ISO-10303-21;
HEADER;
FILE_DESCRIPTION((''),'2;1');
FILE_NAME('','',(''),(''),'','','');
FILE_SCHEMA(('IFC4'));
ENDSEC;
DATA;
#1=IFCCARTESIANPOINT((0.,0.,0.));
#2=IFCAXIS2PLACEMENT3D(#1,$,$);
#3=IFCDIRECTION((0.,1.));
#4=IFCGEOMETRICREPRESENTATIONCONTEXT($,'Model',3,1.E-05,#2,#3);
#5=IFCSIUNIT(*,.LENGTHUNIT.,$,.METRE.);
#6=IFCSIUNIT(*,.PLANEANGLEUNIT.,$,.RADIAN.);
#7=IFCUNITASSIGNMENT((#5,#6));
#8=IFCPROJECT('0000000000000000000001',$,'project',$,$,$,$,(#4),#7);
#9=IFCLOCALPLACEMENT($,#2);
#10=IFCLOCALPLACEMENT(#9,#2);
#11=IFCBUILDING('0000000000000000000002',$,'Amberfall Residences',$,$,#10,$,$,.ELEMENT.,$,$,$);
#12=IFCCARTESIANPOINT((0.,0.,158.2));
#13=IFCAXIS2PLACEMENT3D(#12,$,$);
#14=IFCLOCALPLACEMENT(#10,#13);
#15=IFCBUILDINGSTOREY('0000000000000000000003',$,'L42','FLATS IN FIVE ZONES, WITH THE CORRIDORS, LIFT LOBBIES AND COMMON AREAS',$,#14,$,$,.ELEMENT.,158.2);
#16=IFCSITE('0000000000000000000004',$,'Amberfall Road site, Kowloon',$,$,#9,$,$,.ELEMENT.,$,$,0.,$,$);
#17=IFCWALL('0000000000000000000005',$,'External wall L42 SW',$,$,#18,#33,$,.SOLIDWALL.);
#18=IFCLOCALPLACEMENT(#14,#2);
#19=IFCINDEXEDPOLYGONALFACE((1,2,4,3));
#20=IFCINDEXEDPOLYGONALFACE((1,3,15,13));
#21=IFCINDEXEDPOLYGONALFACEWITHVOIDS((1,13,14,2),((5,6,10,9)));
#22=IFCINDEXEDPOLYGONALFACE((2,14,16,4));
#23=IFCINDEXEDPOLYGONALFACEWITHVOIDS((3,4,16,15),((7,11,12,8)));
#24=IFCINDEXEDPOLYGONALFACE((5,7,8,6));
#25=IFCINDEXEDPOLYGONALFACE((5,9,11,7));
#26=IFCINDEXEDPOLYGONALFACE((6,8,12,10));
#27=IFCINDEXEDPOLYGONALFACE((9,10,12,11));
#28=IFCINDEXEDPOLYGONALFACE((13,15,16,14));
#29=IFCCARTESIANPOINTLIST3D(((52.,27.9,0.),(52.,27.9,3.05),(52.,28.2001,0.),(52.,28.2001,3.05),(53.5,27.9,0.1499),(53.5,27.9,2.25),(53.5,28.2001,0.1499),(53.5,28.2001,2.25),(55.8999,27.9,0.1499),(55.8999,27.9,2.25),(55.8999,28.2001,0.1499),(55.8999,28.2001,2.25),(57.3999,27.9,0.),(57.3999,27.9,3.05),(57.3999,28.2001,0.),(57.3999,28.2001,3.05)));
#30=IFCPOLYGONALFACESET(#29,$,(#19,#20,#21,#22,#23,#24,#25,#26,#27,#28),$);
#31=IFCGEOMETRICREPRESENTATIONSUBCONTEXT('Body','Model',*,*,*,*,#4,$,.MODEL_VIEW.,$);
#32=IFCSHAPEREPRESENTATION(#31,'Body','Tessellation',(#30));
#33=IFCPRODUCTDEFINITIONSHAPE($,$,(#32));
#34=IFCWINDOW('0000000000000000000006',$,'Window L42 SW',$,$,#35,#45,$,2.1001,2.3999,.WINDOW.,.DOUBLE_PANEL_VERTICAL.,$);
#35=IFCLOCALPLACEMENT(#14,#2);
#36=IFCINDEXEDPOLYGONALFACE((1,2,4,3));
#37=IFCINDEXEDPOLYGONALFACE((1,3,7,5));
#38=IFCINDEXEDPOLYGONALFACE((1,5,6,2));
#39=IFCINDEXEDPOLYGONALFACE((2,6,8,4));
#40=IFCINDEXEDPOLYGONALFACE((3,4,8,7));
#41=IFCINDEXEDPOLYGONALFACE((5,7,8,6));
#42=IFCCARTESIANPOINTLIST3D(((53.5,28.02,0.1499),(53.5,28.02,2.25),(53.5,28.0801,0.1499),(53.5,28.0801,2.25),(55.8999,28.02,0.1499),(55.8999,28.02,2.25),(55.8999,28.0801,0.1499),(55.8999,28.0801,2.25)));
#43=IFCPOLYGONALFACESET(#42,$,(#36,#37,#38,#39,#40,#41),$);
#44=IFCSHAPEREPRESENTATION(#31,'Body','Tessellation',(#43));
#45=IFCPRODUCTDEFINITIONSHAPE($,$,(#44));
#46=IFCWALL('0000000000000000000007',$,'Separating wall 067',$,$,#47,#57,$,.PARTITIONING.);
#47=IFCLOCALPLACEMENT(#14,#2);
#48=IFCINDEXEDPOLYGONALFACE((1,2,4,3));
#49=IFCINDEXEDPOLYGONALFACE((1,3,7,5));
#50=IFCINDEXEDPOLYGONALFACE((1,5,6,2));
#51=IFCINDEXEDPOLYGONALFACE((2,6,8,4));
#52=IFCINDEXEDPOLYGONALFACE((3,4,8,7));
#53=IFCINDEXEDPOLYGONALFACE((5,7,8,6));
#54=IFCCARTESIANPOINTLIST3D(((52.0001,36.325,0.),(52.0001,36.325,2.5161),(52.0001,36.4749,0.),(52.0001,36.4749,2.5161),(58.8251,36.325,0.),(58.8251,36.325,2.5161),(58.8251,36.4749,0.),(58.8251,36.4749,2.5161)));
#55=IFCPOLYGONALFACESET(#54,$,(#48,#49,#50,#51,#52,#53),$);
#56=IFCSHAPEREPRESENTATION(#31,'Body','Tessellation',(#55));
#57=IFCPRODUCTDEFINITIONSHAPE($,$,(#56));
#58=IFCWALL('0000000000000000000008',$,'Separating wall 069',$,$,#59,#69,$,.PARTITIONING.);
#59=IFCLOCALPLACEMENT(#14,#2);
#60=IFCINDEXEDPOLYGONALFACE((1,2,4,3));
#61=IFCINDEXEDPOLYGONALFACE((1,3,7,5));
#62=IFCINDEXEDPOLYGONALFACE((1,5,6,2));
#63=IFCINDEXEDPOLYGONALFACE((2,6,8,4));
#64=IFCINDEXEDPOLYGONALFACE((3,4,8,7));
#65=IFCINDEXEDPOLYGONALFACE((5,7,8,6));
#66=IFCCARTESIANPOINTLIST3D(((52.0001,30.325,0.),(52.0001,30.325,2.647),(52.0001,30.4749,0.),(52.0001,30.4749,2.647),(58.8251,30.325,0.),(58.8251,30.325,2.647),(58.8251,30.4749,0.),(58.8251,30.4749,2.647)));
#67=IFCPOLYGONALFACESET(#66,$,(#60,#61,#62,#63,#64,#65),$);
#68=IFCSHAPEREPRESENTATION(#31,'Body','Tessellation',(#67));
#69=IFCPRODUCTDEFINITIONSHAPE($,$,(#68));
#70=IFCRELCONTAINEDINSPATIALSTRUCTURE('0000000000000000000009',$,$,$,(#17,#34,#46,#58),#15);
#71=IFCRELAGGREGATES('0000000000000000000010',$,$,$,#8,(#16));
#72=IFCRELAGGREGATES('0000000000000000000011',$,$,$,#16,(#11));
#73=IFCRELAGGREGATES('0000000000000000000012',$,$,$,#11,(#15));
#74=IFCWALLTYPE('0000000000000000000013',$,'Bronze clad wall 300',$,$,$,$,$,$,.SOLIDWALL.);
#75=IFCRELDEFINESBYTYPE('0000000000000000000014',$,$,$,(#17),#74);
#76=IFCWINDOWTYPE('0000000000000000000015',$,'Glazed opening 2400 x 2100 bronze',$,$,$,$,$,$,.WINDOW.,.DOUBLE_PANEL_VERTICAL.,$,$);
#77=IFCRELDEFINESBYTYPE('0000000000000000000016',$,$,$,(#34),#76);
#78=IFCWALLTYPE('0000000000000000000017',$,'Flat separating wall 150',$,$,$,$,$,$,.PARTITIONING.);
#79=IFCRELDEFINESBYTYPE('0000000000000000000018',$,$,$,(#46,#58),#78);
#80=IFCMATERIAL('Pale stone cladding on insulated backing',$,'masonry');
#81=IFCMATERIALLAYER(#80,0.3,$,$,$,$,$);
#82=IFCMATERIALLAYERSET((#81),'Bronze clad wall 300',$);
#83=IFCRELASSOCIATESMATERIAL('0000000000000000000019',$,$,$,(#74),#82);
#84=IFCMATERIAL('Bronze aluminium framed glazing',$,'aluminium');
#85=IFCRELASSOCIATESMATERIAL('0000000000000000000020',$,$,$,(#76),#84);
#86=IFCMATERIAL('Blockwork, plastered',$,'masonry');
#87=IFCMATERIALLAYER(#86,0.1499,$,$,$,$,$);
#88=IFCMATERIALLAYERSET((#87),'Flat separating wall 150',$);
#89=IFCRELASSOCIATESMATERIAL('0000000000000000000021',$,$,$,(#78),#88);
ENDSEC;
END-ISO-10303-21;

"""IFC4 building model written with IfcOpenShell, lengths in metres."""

from ifc_helpers import new_model, si_unit, direction, frame, frame_2d, origin, place, context, subcontext, project, spatial, rectangle, extrude, material, layer, layer_set, type_object, element, fill, save


model = new_model("IFC4")

# Units and contexts
model_context = context("Model", 3, precision=1e-05, world=origin(), true_north=direction((0.0, 1.0)))
body_context = subcontext(model_context, "Body", "Model", "MODEL_VIEW")
ifc_project = project(units=[si_unit("LENGTHUNIT", "METRE"), si_unit("PLANEANGLEUNIT", "RADIAN")], contexts=[model_context])

# Site, building, storey
site_placement = place(None, origin())
site = spatial("IfcSite", under=ifc_project, at=site_placement, Name="Amberfall Road site, Kowloon", CompositionType="ELEMENT", RefElevation=0.0)
building_placement = place(site_placement, origin())
building = spatial("IfcBuilding", under=site, at=building_placement, Name="Amberfall Residences", CompositionType="ELEMENT")
storey_placement = place(building_placement, frame((0.0, 0.0, 158.2)))
storey = spatial("IfcBuildingStorey", under=building, at=storey_placement, Name="L42", Description="FLATS IN FIVE ZONES, WITH THE CORRIDORS, LIFT LOBBIES AND COMMON AREAS", CompositionType="ELEMENT", Elevation=158.2)

# Wall, opening, window
ifc_material_1 = material(Name="Pale stone cladding on insulated backing", Category="masonry")
ifc_layer_1 = layer(ifc_material_1, 0.3)
ifc_layer_set_1 = layer_set([ifc_layer_1], Name="Bronze clad wall 300")
wall_type_1 = type_object("IfcWallType", Name="Bronze clad wall 300", PredefinedType="SOLIDWALL", material=ifc_layer_set_1)
wall_1_placement = place(storey_placement, frame((52.0, 28.05, 0.0), z_axis=(0.0, 0.0, 1.0), x_axis=(1.0, 0.0, 0.0)))
wall_1 = element("IfcWall", 1, at=wall_1_placement, inside=storey, type_object=wall_type_1, Name="External wall L42 SW", PredefinedType="SOLIDWALL", context=body_context, shape_type="SweptSolid", body=[
    extrude(rectangle(XDim=5.3999, YDim=0.3, at=frame_2d((2.7, 0.0))), origin(), (0.0, 0.0, 1.0), 3.05),
])
opening_placement = place(wall_1_placement, frame((1.5, 0.0, 0.1499)))
opening = element("IfcOpeningElement", 2, at=opening_placement, cuts=wall_1, PredefinedType="OPENING", context=body_context, shape_type="SweptSolid", body=[
    extrude(rectangle(XDim=2.3999, YDim=2.1001, at=frame_2d((1.2, 1.05))), frame((0.0, 0.1599, 0.0), z_axis=(0.0, -1.0, 0.0), x_axis=(1.0, 0.0, 0.0)), (0.0, 0.0, 1.0), 0.3201),
])
ifc_material_2 = material(Name="Bronze aluminium framed glazing", Category="aluminium")
window_type = type_object("IfcWindowType", Name="Glazed opening 2400 x 2100 bronze", PartitioningType="DOUBLE_PANEL_VERTICAL", PredefinedType="WINDOW", material=ifc_material_2)
window_placement = place(opening_placement, origin())
window = element("IfcWindow", 3, at=window_placement, inside=storey, type_object=window_type, Name="Window L42 SW", OverallHeight=2.1001, OverallWidth=2.3999, PartitioningType="DOUBLE_PANEL_VERTICAL", PredefinedType="WINDOW", context=body_context, shape_type="SweptSolid", body=[
    extrude(rectangle(XDim=2.3999, YDim=2.1001, at=frame_2d((1.2, 1.05))), frame((0.0, 0.03, 0.0), z_axis=(0.0, -1.0, 0.0), x_axis=(1.0, 0.0, 0.0)), (0.0, 0.0, 1.0), 0.0601),
])
fill(opening, window)

# Walls
ifc_material_3 = material(Name="Blockwork, plastered", Category="masonry")
ifc_layer_2 = layer(ifc_material_3, 0.1499)
ifc_layer_set_2 = layer_set([ifc_layer_2], Name="Flat separating wall 150")
wall_type_2 = type_object("IfcWallType", Name="Flat separating wall 150", PredefinedType="PARTITIONING", material=ifc_layer_set_2)
wall_2_placement = place(storey_placement, frame((52.0, 36.3999, 0.0), z_axis=(0.0, 0.0, 1.0), x_axis=(1.0, 0.0, 0.0)))
element("IfcWall", 4, at=wall_2_placement, inside=storey, type_object=wall_type_2, Name="Separating wall 067", PredefinedType="PARTITIONING", context=body_context, shape_type="SweptSolid", body=[
    extrude(rectangle(XDim=6.825, YDim=0.1499, at=frame_2d((3.4126, 0.0))), origin(), (0.0, 0.0, 1.0), 2.5161),
])
wall_3_placement = place(storey_placement, frame((52.0, 30.3999, 0.0), z_axis=(0.0, 0.0, 1.0), x_axis=(1.0, 0.0, 0.0)))
element("IfcWall", 5, at=wall_3_placement, inside=storey, type_object=wall_type_2, Name="Separating wall 069", PredefinedType="PARTITIONING", context=body_context, shape_type="SweptSolid", body=[
    extrude(rectangle(XDim=6.825, YDim=0.1499, at=frame_2d((3.4126, 0.0))), origin(), (0.0, 0.0, 1.0), 2.647),
])

save(model, "model.ifc")
